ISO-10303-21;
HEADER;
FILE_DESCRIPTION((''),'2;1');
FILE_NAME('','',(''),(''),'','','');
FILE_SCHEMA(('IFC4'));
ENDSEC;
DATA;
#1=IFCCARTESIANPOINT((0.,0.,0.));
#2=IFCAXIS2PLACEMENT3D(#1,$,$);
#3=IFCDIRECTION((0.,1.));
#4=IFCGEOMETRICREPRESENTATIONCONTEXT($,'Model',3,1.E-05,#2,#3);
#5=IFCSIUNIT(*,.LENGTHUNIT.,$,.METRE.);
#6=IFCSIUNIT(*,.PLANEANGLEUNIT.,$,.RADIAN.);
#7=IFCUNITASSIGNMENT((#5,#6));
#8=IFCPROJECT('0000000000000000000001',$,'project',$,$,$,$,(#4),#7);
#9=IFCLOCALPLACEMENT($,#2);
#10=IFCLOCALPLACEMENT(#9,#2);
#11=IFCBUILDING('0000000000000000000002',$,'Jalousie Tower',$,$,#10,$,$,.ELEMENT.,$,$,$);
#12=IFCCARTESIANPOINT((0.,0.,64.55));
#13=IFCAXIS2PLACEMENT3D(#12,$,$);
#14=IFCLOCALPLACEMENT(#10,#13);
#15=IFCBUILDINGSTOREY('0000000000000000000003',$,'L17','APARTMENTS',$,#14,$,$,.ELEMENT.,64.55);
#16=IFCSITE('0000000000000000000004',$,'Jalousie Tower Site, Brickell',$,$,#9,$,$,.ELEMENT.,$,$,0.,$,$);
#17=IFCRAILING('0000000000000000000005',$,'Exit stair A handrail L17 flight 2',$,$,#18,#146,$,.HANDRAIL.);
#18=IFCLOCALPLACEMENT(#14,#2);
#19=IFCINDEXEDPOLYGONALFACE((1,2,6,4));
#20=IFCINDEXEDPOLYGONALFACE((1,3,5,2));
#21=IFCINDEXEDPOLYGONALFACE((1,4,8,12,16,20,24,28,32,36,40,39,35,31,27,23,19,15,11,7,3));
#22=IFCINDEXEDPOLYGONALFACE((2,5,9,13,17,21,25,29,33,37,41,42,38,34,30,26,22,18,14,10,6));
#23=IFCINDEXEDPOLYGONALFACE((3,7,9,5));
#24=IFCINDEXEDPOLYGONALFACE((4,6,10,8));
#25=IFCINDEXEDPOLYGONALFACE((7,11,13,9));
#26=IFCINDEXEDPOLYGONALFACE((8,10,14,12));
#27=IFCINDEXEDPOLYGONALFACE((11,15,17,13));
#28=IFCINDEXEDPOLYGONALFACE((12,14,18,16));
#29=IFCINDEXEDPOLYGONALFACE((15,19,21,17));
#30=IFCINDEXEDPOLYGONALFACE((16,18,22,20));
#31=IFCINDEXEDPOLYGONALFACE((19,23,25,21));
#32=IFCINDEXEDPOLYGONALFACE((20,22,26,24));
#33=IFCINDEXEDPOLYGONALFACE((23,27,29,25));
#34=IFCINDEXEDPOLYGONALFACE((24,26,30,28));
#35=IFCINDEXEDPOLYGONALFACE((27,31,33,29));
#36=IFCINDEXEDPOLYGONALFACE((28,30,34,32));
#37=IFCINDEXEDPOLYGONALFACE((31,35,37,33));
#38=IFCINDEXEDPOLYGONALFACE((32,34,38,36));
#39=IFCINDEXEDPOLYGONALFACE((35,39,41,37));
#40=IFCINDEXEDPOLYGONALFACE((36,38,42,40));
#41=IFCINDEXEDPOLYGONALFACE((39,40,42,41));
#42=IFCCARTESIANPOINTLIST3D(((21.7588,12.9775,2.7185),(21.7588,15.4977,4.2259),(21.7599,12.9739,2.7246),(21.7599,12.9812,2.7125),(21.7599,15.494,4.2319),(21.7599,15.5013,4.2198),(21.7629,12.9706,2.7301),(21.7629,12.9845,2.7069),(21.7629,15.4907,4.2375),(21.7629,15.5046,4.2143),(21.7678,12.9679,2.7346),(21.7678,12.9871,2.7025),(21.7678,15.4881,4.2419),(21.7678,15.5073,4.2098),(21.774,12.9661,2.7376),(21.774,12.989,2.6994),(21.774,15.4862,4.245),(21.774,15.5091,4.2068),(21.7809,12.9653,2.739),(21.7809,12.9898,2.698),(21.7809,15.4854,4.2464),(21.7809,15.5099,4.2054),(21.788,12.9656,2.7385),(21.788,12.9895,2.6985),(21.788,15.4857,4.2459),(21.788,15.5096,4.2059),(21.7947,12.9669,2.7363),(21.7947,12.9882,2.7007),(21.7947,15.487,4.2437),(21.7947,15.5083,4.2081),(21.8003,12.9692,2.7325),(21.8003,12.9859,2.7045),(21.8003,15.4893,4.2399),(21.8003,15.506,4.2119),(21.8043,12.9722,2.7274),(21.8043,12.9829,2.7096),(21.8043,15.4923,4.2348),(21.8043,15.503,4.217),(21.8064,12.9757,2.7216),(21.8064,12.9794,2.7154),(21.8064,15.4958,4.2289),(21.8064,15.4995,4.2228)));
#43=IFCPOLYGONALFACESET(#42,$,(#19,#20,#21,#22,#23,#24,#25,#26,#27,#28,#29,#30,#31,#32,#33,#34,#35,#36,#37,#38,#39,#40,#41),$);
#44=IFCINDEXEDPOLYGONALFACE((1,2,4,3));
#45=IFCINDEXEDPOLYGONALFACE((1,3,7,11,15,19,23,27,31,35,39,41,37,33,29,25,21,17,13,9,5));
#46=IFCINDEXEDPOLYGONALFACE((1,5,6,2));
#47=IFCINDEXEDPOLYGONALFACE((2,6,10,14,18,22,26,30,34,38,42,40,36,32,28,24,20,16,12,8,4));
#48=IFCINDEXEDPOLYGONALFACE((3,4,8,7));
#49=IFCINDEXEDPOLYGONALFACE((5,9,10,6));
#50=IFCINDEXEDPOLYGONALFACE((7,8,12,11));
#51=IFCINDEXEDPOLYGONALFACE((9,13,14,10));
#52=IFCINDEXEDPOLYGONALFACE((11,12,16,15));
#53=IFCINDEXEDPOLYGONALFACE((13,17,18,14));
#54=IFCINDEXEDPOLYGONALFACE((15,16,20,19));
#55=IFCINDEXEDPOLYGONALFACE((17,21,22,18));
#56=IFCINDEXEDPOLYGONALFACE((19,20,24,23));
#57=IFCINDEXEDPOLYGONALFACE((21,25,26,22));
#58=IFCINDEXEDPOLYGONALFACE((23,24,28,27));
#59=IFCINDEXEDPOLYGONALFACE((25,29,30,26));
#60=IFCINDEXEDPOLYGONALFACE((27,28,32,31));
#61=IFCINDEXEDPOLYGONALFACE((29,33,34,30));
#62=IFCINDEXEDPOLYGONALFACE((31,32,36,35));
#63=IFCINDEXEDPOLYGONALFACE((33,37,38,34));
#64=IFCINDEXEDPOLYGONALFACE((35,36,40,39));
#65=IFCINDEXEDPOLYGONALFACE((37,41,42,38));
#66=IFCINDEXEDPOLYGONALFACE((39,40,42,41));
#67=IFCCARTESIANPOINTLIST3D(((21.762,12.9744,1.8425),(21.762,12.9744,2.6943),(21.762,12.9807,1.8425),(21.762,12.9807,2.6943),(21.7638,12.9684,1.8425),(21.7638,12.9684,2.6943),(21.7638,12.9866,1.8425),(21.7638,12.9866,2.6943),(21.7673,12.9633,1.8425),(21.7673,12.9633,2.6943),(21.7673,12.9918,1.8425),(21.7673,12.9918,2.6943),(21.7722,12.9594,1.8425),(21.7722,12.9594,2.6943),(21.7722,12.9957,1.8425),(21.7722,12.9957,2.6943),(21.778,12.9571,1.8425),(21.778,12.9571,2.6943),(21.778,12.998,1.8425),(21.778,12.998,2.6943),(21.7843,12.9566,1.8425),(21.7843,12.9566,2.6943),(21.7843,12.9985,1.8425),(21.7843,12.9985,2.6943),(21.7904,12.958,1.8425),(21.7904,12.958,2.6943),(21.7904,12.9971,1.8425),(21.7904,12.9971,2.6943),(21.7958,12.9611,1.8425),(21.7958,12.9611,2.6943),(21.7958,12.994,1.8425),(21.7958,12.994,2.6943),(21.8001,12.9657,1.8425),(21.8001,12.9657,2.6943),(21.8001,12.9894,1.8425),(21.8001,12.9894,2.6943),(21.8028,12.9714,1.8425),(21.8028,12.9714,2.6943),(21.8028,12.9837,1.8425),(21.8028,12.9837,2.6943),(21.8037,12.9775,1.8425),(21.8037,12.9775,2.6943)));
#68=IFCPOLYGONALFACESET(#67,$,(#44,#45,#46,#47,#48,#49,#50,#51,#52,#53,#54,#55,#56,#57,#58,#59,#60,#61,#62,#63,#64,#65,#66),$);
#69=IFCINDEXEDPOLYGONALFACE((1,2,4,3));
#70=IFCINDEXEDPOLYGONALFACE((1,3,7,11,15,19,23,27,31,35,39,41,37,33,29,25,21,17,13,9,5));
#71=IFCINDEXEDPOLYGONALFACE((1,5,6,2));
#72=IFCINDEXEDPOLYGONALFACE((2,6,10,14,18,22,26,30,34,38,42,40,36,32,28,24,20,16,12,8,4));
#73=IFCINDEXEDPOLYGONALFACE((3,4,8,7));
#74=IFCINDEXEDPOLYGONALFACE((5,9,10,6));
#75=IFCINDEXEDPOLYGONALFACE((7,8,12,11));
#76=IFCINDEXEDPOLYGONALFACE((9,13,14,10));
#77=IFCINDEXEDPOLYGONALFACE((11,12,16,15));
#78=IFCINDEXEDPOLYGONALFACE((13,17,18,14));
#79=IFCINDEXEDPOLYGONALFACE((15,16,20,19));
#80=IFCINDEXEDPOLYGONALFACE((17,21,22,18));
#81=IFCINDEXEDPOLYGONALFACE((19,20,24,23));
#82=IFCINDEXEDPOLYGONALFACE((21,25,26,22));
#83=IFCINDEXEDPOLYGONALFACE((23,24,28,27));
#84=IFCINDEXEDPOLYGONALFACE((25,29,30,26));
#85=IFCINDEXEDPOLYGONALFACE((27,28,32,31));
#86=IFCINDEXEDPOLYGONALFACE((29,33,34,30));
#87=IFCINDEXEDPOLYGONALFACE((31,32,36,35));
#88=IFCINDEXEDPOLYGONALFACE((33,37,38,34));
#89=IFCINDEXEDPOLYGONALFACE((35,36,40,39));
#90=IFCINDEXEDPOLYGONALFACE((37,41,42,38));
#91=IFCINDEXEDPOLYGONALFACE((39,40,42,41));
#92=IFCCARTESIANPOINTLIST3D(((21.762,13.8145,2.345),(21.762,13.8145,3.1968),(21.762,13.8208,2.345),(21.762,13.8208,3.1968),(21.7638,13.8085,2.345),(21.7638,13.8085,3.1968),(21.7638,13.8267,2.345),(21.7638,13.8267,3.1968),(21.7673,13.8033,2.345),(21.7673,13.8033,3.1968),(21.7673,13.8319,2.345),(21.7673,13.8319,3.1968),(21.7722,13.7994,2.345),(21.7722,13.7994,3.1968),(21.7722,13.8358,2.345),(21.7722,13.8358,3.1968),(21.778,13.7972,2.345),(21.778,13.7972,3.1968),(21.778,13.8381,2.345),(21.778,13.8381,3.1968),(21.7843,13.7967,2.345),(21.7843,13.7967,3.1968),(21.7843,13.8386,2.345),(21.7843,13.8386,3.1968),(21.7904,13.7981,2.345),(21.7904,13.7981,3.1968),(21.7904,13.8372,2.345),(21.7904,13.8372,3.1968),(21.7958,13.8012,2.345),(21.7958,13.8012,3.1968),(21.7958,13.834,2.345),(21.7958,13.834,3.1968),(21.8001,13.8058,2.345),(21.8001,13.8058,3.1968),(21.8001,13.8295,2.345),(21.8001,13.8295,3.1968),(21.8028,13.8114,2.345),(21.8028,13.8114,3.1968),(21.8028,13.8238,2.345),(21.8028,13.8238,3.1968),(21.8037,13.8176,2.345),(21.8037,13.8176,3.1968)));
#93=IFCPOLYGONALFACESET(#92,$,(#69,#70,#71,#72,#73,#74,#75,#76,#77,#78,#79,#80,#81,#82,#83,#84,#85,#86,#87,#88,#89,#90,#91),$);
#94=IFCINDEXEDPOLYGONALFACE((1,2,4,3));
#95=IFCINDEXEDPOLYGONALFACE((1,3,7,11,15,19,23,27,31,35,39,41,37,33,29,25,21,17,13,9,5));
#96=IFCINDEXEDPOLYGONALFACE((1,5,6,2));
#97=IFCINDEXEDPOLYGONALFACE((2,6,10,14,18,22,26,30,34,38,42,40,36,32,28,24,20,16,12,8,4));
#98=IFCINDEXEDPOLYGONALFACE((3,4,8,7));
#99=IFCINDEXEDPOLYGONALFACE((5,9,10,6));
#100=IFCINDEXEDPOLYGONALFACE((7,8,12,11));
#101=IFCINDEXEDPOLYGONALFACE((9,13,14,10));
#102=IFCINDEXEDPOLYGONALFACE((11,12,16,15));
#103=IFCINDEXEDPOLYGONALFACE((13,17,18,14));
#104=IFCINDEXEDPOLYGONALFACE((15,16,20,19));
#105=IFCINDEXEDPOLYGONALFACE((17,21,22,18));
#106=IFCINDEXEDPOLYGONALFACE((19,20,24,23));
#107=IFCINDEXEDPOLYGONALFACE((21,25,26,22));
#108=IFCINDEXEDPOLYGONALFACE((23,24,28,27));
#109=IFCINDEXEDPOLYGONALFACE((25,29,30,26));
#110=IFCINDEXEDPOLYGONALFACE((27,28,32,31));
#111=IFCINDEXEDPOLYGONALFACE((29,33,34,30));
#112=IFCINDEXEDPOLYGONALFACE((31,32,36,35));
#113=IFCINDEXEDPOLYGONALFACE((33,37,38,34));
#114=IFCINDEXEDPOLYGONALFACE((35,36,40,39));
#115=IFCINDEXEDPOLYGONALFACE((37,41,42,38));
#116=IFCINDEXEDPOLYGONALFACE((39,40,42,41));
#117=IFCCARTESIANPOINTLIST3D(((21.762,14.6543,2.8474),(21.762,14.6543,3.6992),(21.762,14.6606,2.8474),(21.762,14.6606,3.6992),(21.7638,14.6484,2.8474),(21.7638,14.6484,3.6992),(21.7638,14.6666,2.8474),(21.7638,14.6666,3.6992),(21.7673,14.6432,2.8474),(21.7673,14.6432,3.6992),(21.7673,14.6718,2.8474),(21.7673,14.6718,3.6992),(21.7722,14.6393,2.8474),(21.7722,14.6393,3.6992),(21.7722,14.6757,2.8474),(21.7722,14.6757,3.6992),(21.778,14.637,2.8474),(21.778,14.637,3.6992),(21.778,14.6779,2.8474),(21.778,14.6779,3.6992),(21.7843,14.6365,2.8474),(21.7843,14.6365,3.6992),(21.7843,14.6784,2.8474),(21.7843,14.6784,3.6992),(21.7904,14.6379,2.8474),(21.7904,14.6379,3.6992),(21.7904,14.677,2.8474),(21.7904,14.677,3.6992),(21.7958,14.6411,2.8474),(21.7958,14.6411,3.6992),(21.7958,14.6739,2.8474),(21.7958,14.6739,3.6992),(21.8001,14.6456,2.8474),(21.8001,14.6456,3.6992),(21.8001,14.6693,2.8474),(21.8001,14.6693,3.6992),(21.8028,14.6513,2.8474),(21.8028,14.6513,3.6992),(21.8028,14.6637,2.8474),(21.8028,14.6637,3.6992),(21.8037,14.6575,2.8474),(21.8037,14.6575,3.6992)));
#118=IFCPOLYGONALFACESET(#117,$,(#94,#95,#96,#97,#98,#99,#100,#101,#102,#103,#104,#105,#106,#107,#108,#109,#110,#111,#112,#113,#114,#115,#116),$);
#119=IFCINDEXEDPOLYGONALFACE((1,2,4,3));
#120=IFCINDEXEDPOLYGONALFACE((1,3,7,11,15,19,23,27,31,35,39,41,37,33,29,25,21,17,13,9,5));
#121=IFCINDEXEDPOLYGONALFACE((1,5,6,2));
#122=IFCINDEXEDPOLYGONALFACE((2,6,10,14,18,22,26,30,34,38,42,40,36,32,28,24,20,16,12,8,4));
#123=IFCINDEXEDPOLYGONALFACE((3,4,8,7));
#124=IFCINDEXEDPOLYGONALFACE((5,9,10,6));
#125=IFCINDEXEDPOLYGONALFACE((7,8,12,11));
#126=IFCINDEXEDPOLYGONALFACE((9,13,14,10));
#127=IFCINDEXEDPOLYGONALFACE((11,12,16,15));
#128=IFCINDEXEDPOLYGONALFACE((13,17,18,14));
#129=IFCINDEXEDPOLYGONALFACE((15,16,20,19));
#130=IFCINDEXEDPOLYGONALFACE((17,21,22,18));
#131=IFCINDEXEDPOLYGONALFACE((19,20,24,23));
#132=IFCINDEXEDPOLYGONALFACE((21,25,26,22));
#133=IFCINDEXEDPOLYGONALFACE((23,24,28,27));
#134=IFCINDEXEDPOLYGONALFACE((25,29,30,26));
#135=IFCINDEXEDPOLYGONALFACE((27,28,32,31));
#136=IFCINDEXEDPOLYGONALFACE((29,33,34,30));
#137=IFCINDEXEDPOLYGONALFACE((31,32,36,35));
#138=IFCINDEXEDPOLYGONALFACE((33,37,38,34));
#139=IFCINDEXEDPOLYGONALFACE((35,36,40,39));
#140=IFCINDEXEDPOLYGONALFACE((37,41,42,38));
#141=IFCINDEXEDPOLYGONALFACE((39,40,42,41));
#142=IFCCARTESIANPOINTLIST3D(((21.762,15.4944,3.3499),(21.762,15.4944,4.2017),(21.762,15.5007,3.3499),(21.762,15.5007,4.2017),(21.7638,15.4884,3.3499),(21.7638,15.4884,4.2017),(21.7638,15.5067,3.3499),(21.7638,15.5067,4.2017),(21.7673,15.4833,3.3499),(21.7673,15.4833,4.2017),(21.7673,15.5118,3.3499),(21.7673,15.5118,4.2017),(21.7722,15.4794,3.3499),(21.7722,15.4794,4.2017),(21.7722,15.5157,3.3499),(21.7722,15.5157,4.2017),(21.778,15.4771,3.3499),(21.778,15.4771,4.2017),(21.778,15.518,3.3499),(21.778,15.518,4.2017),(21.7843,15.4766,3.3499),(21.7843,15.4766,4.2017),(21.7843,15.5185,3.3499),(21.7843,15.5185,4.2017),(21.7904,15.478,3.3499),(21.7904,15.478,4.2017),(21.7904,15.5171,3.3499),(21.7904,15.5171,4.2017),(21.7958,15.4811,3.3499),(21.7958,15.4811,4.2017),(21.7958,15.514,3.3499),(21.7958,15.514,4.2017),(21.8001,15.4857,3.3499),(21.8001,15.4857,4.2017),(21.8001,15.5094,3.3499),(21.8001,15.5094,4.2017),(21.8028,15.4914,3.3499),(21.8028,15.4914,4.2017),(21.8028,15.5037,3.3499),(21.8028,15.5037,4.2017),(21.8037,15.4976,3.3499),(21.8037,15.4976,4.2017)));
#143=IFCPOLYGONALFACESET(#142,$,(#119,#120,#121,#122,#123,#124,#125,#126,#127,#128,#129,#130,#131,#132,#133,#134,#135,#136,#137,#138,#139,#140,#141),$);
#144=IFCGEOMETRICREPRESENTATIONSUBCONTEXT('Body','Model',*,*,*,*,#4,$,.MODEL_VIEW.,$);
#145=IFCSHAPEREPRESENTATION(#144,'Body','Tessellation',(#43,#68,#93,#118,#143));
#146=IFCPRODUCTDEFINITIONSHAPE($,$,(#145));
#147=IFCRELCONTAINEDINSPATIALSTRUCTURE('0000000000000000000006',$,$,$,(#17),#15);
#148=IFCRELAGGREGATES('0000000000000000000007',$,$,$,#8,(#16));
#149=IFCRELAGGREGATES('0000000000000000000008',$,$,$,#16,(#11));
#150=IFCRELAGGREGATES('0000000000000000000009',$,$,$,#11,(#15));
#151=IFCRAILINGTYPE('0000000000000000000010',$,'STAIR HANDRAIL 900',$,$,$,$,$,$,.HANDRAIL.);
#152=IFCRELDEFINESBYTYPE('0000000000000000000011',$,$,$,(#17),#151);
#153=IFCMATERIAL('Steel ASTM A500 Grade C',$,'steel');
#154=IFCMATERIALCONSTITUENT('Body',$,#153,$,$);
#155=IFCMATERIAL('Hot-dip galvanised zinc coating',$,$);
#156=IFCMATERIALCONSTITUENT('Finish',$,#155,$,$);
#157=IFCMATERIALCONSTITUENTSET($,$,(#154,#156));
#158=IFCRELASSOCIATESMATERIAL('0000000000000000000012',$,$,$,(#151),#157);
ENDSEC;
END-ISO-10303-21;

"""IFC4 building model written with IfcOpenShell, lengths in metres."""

from ifc_helpers import new_model, si_unit, direction, frame, origin, origin_2d, place, context, subcontext, project, spatial, circle, extrude, material, constituent, constituent_set, type_object, element, save


model = new_model("IFC4")

# Units and contexts
model_context = context("Model", 3, precision=1e-05, world=origin(), true_north=direction((0.0, 1.0)))
body_context = subcontext(model_context, "Body", "Model", "MODEL_VIEW")
ifc_project = project(units=[si_unit("LENGTHUNIT", "METRE"), si_unit("PLANEANGLEUNIT", "RADIAN")], contexts=[model_context])

# Site, building, storey
site_placement = place(None, origin())
site = spatial("IfcSite", under=ifc_project, at=site_placement, Name="Jalousie Tower Site, Brickell", CompositionType="ELEMENT", RefElevation=0.0)
building_placement = place(site_placement, origin())
building = spatial("IfcBuilding", under=site, at=building_placement, Name="Jalousie Tower", CompositionType="ELEMENT")
storey_placement = place(building_placement, frame((0.0, 0.0, 64.55)))
storey = spatial("IfcBuildingStorey", under=building, at=storey_placement, Name="L17", Description="APARTMENTS", CompositionType="ELEMENT", Elevation=64.55)

# Railing
ifc_material_1 = material(Name="Steel ASTM A500 Grade C", Category="steel")
ifc_constituent_1 = constituent(ifc_material_1, Name="Body")
ifc_material_2 = material(Name="Hot-dip galvanised zinc coating")
ifc_constituent_2 = constituent(ifc_material_2, Name="Finish")
ifc_constituent_set_1 = constituent_set(constituents=[ifc_constituent_1, ifc_constituent_2])
railing_type_1 = type_object("IfcRailingType", Name="STAIR HANDRAIL 900", PredefinedType="HANDRAIL", material=ifc_constituent_set_1)
railing_1_placement = place(storey_placement, frame((21.7827, 12.9775, 1.8425)))
element("IfcRailing", 1, at=railing_1_placement, inside=storey, type_object=railing_type_1, Name="Exit stair A handrail L17 flight 2", PredefinedType="HANDRAIL", context=body_context, shape_type="SweptSolid", body=[
    extrude(circle(Radius=0.0239, at=origin_2d()), frame((0.0, 0.0, 0.876), z_axis=(0.0, 0.858196, 0.513321), x_axis=(-1.0, 0.0, 0.0)), (0.0, 0.0, 1.0), 2.9365),
    extrude(circle(Radius=0.021, at=origin_2d()), origin(), (0.0, 0.0, 1.0), 0.8518),
    extrude(circle(Radius=0.021, at=origin_2d()), frame((0.0, 0.8401, 0.5024)), (0.0, 0.0, 1.0), 0.8518),
    extrude(circle(Radius=0.021, at=origin_2d()), frame((0.0, 1.6799, 1.0049)), (0.0, 0.0, 1.0), 0.8518),
    extrude(circle(Radius=0.021, at=origin_2d()), frame((0.0, 2.52, 1.5073)), (0.0, 0.0, 1.0), 0.8518),
])

save(model, "model.ifc")
